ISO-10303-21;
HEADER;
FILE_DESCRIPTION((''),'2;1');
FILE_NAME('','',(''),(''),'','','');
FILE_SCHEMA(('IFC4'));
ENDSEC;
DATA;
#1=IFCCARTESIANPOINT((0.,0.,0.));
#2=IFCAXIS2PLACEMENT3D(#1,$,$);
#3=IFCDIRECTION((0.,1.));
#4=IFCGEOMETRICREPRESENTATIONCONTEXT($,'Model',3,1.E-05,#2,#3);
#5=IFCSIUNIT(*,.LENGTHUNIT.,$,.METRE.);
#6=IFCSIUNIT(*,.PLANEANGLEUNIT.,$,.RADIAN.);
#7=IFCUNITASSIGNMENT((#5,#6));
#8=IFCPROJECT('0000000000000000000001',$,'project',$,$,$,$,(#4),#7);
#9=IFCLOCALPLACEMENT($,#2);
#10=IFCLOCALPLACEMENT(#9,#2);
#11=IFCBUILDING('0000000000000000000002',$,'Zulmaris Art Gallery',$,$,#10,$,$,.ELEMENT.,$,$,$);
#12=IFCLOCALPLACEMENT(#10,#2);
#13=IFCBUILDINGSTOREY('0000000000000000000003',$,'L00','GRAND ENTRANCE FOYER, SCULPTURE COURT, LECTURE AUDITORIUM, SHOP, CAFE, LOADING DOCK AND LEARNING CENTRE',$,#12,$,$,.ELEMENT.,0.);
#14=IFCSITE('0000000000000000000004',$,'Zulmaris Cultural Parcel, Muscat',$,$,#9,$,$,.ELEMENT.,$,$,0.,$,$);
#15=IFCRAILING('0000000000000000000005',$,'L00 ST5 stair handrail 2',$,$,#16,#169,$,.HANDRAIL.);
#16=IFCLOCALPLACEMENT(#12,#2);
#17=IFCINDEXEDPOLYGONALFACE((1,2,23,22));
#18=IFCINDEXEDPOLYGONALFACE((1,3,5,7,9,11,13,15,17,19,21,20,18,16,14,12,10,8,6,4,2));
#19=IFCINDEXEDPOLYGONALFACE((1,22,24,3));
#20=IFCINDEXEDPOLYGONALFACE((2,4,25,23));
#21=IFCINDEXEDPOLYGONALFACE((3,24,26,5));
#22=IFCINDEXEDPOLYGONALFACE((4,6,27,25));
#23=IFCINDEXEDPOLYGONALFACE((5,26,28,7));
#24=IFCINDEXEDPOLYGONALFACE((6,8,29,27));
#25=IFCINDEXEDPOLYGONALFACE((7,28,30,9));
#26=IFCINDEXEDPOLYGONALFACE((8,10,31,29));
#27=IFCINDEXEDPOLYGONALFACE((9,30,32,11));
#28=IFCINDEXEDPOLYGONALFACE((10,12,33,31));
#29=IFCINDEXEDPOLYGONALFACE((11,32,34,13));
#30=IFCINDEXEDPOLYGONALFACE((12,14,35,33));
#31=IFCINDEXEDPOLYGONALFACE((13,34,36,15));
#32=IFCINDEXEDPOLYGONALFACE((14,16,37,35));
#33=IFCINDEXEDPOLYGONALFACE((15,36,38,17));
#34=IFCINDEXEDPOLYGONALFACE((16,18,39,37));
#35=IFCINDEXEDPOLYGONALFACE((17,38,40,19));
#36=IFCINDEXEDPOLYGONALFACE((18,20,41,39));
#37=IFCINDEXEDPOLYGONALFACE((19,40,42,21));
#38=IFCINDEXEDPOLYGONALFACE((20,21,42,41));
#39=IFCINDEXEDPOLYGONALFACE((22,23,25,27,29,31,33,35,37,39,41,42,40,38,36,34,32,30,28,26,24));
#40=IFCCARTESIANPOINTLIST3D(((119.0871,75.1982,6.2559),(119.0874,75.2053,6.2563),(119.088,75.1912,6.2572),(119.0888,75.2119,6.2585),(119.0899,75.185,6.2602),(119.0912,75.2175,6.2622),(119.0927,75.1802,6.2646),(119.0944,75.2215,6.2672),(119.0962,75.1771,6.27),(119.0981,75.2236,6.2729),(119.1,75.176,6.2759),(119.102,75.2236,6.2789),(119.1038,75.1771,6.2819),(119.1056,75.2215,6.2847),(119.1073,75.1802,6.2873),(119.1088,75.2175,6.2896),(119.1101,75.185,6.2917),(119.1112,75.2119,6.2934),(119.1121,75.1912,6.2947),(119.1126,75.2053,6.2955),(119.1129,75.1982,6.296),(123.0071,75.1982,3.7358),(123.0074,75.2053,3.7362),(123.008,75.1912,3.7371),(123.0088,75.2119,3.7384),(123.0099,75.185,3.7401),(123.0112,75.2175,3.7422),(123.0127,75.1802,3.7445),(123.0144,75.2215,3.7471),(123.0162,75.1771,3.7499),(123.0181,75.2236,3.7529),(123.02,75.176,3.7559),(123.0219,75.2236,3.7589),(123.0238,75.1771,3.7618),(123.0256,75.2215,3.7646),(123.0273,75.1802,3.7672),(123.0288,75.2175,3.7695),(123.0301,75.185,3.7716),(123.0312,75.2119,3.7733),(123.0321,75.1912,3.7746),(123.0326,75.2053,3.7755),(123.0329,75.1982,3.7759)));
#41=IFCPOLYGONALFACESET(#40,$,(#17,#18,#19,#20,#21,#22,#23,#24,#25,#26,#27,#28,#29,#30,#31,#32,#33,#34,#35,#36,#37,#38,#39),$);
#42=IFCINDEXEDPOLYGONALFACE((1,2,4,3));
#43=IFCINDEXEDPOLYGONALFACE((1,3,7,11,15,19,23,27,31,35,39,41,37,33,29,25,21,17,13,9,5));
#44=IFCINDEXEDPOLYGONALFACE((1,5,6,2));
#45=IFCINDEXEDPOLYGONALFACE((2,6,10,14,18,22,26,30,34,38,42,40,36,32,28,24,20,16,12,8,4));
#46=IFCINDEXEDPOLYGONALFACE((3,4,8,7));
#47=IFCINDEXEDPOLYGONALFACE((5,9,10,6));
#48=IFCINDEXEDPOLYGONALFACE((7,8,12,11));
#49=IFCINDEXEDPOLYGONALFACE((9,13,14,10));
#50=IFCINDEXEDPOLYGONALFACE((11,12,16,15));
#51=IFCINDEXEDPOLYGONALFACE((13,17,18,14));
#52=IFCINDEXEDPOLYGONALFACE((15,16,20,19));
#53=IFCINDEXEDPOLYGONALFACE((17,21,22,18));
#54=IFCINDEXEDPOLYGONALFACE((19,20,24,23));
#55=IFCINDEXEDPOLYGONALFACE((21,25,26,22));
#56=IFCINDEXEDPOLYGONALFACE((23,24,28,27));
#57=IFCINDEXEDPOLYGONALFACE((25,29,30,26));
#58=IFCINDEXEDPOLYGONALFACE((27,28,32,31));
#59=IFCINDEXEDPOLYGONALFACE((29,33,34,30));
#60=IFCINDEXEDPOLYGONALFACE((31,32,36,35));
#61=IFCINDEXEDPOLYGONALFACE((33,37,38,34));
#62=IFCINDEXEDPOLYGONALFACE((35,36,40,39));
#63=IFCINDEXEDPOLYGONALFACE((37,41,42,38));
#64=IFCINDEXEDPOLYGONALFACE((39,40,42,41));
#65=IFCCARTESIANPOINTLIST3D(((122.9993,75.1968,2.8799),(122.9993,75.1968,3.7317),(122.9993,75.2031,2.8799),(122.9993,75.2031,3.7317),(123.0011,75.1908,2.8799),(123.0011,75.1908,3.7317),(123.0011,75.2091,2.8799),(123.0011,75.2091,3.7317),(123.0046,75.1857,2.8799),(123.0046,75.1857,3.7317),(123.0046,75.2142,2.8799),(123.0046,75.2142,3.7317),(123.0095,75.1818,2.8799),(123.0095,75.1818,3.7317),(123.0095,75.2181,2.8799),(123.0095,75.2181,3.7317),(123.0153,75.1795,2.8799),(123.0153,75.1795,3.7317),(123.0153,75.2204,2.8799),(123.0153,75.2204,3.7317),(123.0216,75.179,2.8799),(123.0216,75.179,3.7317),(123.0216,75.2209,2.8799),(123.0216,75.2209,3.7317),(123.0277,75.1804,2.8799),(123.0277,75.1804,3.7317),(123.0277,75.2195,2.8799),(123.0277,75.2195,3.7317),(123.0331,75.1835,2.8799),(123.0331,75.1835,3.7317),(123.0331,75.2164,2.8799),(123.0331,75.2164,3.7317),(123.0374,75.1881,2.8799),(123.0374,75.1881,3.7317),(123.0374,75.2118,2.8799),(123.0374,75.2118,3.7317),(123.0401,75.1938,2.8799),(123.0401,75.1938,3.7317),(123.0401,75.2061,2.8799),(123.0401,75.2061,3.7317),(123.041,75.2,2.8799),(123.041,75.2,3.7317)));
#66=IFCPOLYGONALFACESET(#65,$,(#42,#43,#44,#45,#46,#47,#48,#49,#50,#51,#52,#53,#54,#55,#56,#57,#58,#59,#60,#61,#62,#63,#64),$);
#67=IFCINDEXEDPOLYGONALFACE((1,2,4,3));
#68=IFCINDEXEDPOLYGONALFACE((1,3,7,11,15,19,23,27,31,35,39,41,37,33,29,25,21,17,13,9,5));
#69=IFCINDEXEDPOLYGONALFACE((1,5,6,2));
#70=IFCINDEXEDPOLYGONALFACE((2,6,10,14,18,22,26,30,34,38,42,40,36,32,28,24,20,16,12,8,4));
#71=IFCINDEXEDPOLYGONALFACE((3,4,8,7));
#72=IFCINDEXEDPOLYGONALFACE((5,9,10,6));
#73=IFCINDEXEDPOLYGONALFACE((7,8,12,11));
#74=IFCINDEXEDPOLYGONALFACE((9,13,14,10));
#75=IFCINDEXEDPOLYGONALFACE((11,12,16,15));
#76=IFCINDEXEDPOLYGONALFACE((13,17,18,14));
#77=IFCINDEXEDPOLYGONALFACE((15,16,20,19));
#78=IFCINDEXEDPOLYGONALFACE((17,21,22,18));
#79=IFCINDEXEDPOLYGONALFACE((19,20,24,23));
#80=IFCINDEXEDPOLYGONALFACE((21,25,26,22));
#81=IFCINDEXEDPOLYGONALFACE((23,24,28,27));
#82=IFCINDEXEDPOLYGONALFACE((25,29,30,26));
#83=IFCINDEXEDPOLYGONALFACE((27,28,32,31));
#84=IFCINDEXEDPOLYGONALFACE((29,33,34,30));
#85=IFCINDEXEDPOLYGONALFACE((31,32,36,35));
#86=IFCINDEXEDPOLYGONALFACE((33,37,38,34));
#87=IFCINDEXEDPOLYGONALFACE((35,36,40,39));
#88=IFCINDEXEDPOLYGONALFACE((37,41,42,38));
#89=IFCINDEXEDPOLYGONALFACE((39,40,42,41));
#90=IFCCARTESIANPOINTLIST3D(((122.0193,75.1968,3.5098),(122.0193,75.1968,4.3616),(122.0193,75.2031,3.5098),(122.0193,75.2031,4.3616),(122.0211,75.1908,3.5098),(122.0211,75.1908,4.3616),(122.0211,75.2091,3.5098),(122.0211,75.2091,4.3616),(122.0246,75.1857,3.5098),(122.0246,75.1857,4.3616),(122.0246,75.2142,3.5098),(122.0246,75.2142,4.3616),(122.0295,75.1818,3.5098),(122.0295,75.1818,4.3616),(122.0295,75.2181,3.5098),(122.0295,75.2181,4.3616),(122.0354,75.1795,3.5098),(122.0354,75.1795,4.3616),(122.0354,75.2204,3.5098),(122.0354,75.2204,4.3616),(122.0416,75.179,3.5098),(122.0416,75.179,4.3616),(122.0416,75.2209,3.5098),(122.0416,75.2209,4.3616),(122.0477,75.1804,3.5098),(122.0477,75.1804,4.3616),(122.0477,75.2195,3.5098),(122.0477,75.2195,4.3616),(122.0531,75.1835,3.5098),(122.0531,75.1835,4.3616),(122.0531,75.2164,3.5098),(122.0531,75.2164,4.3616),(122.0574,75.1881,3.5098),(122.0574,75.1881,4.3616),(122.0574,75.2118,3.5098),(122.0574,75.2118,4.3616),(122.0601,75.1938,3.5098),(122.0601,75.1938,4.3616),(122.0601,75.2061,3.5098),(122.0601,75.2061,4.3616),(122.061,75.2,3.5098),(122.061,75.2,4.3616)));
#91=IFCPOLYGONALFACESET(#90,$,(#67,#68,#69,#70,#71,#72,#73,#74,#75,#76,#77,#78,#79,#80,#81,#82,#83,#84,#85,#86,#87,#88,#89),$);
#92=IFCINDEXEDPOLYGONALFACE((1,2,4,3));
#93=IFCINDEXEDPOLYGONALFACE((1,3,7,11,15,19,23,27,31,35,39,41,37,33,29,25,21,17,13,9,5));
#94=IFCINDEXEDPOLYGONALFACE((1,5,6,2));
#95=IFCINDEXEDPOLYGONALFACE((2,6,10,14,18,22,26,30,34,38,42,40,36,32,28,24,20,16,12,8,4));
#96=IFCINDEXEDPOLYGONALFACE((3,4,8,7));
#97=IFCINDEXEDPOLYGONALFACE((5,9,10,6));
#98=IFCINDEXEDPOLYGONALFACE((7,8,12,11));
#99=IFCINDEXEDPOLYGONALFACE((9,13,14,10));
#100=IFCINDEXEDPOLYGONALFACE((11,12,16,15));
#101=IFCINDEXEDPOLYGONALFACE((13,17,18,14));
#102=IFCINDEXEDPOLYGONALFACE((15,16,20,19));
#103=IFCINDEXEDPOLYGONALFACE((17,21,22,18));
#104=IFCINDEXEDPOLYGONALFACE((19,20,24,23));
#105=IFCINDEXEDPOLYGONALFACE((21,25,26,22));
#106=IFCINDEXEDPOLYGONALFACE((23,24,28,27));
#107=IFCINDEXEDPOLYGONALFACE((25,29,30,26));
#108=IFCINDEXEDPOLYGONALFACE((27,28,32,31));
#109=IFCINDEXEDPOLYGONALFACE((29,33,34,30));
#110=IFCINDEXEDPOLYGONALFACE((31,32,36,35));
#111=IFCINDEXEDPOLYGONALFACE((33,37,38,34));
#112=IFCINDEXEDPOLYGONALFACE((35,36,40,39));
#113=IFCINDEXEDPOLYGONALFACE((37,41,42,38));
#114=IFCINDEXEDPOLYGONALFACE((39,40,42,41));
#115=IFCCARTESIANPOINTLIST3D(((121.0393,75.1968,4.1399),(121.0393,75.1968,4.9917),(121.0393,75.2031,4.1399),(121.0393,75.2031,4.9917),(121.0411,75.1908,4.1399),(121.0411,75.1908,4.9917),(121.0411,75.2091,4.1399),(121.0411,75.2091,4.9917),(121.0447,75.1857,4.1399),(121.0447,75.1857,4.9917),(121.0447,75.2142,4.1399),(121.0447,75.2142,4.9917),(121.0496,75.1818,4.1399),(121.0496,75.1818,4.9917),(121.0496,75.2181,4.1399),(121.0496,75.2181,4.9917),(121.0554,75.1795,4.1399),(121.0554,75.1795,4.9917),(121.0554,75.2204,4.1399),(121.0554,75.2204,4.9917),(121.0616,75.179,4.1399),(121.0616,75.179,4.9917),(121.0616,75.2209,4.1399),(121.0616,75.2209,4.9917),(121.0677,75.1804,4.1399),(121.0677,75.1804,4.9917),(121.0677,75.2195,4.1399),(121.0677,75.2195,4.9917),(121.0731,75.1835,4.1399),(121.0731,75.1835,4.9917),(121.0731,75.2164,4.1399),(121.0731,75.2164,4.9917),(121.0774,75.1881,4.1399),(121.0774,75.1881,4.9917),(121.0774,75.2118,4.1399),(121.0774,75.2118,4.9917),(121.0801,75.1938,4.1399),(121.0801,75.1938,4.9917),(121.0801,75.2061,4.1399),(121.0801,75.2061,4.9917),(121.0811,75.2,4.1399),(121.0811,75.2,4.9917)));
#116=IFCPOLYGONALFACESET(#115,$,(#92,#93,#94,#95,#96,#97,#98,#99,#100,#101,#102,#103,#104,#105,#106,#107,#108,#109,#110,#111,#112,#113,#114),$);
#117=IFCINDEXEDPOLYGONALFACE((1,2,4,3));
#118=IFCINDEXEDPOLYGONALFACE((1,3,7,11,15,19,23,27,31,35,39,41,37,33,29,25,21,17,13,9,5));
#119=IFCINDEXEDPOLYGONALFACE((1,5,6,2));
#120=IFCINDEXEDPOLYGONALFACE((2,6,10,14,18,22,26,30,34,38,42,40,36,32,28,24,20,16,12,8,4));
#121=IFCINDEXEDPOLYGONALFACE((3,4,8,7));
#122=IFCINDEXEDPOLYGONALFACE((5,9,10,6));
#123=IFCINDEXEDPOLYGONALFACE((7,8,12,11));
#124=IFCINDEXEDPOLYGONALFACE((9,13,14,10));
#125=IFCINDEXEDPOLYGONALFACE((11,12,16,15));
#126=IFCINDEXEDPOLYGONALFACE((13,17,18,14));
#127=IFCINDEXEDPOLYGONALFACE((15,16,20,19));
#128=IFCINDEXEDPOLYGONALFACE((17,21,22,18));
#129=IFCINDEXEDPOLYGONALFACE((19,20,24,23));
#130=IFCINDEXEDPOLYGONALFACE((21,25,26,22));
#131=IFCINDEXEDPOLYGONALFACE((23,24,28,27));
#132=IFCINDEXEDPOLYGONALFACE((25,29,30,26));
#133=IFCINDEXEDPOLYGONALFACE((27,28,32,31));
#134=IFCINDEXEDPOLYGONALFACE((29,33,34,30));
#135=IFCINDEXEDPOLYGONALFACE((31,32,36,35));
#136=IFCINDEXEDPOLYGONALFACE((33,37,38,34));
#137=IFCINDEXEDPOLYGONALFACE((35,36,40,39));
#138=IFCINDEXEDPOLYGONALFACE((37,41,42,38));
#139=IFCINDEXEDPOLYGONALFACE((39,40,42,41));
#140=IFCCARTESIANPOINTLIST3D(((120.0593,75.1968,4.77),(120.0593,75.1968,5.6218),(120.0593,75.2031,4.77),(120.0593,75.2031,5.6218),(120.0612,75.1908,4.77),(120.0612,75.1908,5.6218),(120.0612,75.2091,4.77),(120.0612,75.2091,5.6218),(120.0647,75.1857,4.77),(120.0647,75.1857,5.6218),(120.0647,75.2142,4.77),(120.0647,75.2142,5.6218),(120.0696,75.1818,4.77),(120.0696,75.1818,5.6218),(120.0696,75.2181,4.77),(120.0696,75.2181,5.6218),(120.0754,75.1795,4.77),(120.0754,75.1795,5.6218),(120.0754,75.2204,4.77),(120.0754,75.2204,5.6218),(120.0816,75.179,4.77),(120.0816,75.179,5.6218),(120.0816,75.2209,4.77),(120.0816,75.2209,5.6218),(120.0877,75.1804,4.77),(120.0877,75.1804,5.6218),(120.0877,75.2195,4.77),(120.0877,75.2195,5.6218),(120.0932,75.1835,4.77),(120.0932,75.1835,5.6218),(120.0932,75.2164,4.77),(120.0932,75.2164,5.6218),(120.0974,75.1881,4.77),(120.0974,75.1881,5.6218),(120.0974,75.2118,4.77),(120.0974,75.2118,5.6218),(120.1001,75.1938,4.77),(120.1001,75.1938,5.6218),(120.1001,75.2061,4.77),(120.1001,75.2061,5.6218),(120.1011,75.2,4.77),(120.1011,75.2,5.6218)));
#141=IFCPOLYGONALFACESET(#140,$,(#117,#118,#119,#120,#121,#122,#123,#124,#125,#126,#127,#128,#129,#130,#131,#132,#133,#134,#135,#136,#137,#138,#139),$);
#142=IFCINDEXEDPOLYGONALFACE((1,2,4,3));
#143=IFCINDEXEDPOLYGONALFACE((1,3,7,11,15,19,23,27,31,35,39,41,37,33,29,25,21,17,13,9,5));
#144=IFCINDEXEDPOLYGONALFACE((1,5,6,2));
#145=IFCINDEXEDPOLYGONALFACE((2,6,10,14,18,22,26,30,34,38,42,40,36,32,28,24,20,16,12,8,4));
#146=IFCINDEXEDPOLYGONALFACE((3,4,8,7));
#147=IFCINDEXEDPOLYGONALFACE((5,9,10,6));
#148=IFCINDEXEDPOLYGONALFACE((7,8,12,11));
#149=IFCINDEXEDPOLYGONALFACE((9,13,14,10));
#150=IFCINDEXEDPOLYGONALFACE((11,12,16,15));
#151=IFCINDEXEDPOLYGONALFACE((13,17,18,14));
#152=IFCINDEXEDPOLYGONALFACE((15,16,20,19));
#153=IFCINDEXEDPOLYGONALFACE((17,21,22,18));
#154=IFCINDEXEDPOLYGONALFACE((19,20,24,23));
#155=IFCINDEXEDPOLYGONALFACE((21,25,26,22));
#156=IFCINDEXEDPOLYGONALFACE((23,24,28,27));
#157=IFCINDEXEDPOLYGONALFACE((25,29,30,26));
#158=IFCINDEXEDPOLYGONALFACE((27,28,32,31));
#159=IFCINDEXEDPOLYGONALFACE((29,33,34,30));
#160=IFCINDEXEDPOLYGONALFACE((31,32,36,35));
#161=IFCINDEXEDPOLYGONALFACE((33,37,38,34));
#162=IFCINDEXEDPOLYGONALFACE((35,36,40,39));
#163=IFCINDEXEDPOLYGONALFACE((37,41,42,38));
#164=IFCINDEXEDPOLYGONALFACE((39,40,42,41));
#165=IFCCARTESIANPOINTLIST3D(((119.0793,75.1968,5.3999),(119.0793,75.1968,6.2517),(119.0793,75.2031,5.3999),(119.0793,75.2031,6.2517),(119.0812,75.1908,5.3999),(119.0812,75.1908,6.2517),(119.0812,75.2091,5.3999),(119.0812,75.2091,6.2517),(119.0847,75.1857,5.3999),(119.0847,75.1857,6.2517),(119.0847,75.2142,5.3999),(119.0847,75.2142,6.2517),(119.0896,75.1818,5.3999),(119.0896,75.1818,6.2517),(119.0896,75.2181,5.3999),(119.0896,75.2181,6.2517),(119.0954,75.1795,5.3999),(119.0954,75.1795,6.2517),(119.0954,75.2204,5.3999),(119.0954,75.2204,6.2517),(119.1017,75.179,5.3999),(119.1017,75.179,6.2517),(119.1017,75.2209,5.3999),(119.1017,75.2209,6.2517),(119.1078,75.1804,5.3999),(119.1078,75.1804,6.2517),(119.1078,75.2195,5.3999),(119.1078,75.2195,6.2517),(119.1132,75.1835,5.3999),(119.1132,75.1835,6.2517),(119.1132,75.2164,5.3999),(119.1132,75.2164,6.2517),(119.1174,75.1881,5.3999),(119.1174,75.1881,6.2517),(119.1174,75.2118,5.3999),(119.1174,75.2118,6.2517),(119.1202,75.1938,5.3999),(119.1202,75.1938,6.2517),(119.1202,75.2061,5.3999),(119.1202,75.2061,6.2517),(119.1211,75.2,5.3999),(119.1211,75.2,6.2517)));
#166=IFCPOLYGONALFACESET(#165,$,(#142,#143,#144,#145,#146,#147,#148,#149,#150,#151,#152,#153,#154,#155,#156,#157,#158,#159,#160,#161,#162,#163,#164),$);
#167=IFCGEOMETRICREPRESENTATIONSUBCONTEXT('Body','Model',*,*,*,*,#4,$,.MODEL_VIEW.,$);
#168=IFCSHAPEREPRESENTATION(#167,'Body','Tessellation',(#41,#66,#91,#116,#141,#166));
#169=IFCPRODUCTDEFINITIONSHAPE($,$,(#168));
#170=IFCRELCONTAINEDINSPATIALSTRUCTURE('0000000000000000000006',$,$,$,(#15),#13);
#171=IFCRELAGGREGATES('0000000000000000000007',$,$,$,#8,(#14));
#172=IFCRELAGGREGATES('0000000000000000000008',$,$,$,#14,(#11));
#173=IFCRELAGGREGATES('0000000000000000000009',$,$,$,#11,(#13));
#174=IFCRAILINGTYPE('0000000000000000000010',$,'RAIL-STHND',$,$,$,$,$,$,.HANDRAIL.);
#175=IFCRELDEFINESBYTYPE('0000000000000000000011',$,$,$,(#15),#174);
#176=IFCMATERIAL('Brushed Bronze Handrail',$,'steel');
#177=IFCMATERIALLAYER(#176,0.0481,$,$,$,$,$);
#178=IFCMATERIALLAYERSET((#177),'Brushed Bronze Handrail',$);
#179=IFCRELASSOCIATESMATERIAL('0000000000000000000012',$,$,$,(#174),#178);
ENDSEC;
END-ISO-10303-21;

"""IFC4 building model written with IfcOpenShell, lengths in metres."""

from ifc_helpers import new_model, si_unit, direction, frame, origin, origin_2d, place, context, subcontext, project, spatial, circle, extrude, material, layer, layer_set, type_object, element, save


model = new_model("IFC4")

# Units and contexts
model_context = context("Model", 3, precision=1e-05, world=origin(), true_north=direction((0.0, 1.0)))
body_context = subcontext(model_context, "Body", "Model", "MODEL_VIEW")
ifc_project = project(units=[si_unit("LENGTHUNIT", "METRE"), si_unit("PLANEANGLEUNIT", "RADIAN")], contexts=[model_context])

# Site, building, storey
site_placement = place(None, origin())
site = spatial("IfcSite", under=ifc_project, at=site_placement, Name="Zulmaris Cultural Parcel, Muscat", CompositionType="ELEMENT", RefElevation=0.0)
building_placement = place(site_placement, origin())
building = spatial("IfcBuilding", under=site, at=building_placement, Name="Zulmaris Art Gallery", CompositionType="ELEMENT")
storey_placement = place(building_placement, origin())
storey = spatial("IfcBuildingStorey", under=building, at=storey_placement, Name="L00", Description="GRAND ENTRANCE FOYER, SCULPTURE COURT, LECTURE AUDITORIUM, SHOP, CAFE, LOADING DOCK AND LEARNING CENTRE", CompositionType="ELEMENT", Elevation=0.0)

# Railing
ifc_material_1 = material(Name="Brushed Bronze Handrail", Category="steel")
ifc_layer_1 = layer(ifc_material_1, 0.0481)
ifc_layer_set_1 = layer_set([ifc_layer_1], Name="Brushed Bronze Handrail")
railing_type_1 = type_object("IfcRailingType", Name="RAIL-STHND", PredefinedType="HANDRAIL", material=ifc_layer_set_1)
railing_1_placement = place(storey_placement, frame((123.02, 75.2, 2.8799)))
element("IfcRailing", 1, at=railing_1_placement, inside=storey, type_object=railing_type_1, Name="L00 ST5 stair handrail 2", PredefinedType="HANDRAIL", context=body_context, shape_type="SweptSolid", body=[
    extrude(circle(Radius=0.0239, at=origin_2d()), frame((0.0, 0.0, 0.876), z_axis=(-0.841172, 0.0, 0.540768), x_axis=(0.0, -1.0, 0.0)), (0.0, 0.0, 1.0), 4.6602),
    extrude(circle(Radius=0.021, at=origin_2d()), origin(), (0.0, 0.0, 1.0), 0.8518),
    extrude(circle(Radius=0.021, at=origin_2d()), frame((-0.98, 0.0, 0.6299)), (0.0, 0.0, 1.0), 0.8518),
    extrude(circle(Radius=0.021, at=origin_2d()), frame((-1.96, 0.0, 1.26)), (0.0, 0.0, 1.0), 0.8518),
    extrude(circle(Radius=0.021, at=origin_2d()), frame((-2.9399, 0.0, 1.8901)), (0.0, 0.0, 1.0), 0.8518),
    extrude(circle(Radius=0.021, at=origin_2d()), frame((-3.9199, 0.0, 2.52)), (0.0, 0.0, 1.0), 0.8518),
])

save(model, "model.ifc")
